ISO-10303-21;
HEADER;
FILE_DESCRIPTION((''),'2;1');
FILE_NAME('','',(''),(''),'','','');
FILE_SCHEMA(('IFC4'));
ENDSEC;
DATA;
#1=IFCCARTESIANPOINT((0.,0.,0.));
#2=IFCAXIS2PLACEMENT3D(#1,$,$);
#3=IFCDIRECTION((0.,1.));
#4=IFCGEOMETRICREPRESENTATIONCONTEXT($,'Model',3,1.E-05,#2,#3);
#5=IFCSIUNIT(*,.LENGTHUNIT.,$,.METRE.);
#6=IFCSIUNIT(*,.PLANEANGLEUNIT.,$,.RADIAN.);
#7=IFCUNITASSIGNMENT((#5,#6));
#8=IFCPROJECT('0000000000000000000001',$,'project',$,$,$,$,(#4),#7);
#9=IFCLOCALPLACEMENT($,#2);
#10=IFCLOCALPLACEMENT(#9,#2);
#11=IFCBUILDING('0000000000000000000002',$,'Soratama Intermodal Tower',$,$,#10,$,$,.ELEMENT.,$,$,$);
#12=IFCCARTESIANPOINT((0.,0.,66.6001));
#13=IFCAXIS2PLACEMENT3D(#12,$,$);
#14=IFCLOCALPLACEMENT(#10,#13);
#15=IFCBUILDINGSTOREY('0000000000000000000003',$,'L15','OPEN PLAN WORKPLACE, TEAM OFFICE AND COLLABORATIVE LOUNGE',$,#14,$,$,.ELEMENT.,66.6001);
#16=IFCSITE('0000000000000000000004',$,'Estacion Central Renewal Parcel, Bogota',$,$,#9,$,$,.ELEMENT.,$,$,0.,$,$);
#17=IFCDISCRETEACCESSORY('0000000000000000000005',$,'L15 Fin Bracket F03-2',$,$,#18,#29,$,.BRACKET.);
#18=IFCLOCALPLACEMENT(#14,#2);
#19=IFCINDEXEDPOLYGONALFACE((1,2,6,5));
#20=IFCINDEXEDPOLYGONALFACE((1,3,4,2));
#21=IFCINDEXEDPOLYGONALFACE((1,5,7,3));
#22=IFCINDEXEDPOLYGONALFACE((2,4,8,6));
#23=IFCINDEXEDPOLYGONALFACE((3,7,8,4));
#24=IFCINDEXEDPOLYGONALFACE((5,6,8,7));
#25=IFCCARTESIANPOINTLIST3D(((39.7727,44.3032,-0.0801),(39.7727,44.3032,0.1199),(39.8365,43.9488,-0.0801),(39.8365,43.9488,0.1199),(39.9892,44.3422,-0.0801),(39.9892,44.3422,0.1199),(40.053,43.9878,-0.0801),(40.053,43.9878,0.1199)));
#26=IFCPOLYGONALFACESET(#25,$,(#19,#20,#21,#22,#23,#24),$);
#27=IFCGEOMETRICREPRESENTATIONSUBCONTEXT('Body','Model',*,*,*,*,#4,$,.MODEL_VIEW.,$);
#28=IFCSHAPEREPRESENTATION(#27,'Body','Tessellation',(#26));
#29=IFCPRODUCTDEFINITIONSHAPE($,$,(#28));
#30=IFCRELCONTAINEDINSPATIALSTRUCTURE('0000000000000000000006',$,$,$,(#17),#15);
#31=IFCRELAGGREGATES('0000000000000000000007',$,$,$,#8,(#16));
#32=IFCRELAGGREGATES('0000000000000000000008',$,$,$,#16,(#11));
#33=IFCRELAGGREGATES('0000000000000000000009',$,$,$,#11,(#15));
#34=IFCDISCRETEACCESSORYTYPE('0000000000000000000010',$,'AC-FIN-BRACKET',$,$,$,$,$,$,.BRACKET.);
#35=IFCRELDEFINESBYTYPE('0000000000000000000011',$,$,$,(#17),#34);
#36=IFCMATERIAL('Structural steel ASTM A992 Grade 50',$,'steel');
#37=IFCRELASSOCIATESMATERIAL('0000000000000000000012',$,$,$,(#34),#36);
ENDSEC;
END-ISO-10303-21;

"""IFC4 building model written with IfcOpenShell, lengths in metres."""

from ifc_helpers import new_model, si_unit, direction, frame, origin, origin_2d, place, context, subcontext, project, spatial, rectangle, extrude, material, type_object, element, save


model = new_model("IFC4")

# Units and contexts
model_context = context("Model", 3, precision=1e-05, world=origin(), true_north=direction((0.0, 1.0)))
body_context = subcontext(model_context, "Body", "Model", "MODEL_VIEW")
ifc_project = project(units=[si_unit("LENGTHUNIT", "METRE"), si_unit("PLANEANGLEUNIT", "RADIAN")], contexts=[model_context])

# Site, building, storey
site_placement = place(None, origin())
site = spatial("IfcSite", under=ifc_project, at=site_placement, Name="Estacion Central Renewal Parcel, Bogota", CompositionType="ELEMENT", RefElevation=0.0)
building_placement = place(site_placement, origin())
building = spatial("IfcBuilding", under=site, at=building_placement, Name="Soratama Intermodal Tower", CompositionType="ELEMENT")
storey_placement = place(building_placement, frame((0.0, 0.0, 66.6001)))
storey = spatial("IfcBuildingStorey", under=building, at=storey_placement, Name="L15", Description="OPEN PLAN WORKPLACE, TEAM OFFICE AND COLLABORATIVE LOUNGE", CompositionType="ELEMENT", Elevation=66.6001)

# Discrete accessory
ifc_material_1 = material(Name="Structural steel ASTM A992 Grade 50", Category="steel")
discrete_accessory_type = type_object("IfcDiscreteAccessoryType", Name="AC-FIN-BRACKET", PredefinedType="BRACKET", material=ifc_material_1)
for number, where, z_axis, x_axis, name in (
    (1, (39.9128, 44.1455, -0.0801), (0.0, 0.0, 1.0), (-0.177085, 0.984196, 0.0), "L15 Fin Bracket F03-2"),
):
    element("IfcDiscreteAccessory", number, at=place(storey_placement, frame(where, z_axis=z_axis, x_axis=x_axis)), inside=storey, type_object=discrete_accessory_type, Name=name, PredefinedType="BRACKET", context=body_context, shape_type="SweptSolid", body=[
        extrude(rectangle(XDim=0.3601, YDim=0.22, at=origin_2d()), origin(), (0.0, 0.0, 1.0), 0.2),
    ])

save(model, "model.ifc")
